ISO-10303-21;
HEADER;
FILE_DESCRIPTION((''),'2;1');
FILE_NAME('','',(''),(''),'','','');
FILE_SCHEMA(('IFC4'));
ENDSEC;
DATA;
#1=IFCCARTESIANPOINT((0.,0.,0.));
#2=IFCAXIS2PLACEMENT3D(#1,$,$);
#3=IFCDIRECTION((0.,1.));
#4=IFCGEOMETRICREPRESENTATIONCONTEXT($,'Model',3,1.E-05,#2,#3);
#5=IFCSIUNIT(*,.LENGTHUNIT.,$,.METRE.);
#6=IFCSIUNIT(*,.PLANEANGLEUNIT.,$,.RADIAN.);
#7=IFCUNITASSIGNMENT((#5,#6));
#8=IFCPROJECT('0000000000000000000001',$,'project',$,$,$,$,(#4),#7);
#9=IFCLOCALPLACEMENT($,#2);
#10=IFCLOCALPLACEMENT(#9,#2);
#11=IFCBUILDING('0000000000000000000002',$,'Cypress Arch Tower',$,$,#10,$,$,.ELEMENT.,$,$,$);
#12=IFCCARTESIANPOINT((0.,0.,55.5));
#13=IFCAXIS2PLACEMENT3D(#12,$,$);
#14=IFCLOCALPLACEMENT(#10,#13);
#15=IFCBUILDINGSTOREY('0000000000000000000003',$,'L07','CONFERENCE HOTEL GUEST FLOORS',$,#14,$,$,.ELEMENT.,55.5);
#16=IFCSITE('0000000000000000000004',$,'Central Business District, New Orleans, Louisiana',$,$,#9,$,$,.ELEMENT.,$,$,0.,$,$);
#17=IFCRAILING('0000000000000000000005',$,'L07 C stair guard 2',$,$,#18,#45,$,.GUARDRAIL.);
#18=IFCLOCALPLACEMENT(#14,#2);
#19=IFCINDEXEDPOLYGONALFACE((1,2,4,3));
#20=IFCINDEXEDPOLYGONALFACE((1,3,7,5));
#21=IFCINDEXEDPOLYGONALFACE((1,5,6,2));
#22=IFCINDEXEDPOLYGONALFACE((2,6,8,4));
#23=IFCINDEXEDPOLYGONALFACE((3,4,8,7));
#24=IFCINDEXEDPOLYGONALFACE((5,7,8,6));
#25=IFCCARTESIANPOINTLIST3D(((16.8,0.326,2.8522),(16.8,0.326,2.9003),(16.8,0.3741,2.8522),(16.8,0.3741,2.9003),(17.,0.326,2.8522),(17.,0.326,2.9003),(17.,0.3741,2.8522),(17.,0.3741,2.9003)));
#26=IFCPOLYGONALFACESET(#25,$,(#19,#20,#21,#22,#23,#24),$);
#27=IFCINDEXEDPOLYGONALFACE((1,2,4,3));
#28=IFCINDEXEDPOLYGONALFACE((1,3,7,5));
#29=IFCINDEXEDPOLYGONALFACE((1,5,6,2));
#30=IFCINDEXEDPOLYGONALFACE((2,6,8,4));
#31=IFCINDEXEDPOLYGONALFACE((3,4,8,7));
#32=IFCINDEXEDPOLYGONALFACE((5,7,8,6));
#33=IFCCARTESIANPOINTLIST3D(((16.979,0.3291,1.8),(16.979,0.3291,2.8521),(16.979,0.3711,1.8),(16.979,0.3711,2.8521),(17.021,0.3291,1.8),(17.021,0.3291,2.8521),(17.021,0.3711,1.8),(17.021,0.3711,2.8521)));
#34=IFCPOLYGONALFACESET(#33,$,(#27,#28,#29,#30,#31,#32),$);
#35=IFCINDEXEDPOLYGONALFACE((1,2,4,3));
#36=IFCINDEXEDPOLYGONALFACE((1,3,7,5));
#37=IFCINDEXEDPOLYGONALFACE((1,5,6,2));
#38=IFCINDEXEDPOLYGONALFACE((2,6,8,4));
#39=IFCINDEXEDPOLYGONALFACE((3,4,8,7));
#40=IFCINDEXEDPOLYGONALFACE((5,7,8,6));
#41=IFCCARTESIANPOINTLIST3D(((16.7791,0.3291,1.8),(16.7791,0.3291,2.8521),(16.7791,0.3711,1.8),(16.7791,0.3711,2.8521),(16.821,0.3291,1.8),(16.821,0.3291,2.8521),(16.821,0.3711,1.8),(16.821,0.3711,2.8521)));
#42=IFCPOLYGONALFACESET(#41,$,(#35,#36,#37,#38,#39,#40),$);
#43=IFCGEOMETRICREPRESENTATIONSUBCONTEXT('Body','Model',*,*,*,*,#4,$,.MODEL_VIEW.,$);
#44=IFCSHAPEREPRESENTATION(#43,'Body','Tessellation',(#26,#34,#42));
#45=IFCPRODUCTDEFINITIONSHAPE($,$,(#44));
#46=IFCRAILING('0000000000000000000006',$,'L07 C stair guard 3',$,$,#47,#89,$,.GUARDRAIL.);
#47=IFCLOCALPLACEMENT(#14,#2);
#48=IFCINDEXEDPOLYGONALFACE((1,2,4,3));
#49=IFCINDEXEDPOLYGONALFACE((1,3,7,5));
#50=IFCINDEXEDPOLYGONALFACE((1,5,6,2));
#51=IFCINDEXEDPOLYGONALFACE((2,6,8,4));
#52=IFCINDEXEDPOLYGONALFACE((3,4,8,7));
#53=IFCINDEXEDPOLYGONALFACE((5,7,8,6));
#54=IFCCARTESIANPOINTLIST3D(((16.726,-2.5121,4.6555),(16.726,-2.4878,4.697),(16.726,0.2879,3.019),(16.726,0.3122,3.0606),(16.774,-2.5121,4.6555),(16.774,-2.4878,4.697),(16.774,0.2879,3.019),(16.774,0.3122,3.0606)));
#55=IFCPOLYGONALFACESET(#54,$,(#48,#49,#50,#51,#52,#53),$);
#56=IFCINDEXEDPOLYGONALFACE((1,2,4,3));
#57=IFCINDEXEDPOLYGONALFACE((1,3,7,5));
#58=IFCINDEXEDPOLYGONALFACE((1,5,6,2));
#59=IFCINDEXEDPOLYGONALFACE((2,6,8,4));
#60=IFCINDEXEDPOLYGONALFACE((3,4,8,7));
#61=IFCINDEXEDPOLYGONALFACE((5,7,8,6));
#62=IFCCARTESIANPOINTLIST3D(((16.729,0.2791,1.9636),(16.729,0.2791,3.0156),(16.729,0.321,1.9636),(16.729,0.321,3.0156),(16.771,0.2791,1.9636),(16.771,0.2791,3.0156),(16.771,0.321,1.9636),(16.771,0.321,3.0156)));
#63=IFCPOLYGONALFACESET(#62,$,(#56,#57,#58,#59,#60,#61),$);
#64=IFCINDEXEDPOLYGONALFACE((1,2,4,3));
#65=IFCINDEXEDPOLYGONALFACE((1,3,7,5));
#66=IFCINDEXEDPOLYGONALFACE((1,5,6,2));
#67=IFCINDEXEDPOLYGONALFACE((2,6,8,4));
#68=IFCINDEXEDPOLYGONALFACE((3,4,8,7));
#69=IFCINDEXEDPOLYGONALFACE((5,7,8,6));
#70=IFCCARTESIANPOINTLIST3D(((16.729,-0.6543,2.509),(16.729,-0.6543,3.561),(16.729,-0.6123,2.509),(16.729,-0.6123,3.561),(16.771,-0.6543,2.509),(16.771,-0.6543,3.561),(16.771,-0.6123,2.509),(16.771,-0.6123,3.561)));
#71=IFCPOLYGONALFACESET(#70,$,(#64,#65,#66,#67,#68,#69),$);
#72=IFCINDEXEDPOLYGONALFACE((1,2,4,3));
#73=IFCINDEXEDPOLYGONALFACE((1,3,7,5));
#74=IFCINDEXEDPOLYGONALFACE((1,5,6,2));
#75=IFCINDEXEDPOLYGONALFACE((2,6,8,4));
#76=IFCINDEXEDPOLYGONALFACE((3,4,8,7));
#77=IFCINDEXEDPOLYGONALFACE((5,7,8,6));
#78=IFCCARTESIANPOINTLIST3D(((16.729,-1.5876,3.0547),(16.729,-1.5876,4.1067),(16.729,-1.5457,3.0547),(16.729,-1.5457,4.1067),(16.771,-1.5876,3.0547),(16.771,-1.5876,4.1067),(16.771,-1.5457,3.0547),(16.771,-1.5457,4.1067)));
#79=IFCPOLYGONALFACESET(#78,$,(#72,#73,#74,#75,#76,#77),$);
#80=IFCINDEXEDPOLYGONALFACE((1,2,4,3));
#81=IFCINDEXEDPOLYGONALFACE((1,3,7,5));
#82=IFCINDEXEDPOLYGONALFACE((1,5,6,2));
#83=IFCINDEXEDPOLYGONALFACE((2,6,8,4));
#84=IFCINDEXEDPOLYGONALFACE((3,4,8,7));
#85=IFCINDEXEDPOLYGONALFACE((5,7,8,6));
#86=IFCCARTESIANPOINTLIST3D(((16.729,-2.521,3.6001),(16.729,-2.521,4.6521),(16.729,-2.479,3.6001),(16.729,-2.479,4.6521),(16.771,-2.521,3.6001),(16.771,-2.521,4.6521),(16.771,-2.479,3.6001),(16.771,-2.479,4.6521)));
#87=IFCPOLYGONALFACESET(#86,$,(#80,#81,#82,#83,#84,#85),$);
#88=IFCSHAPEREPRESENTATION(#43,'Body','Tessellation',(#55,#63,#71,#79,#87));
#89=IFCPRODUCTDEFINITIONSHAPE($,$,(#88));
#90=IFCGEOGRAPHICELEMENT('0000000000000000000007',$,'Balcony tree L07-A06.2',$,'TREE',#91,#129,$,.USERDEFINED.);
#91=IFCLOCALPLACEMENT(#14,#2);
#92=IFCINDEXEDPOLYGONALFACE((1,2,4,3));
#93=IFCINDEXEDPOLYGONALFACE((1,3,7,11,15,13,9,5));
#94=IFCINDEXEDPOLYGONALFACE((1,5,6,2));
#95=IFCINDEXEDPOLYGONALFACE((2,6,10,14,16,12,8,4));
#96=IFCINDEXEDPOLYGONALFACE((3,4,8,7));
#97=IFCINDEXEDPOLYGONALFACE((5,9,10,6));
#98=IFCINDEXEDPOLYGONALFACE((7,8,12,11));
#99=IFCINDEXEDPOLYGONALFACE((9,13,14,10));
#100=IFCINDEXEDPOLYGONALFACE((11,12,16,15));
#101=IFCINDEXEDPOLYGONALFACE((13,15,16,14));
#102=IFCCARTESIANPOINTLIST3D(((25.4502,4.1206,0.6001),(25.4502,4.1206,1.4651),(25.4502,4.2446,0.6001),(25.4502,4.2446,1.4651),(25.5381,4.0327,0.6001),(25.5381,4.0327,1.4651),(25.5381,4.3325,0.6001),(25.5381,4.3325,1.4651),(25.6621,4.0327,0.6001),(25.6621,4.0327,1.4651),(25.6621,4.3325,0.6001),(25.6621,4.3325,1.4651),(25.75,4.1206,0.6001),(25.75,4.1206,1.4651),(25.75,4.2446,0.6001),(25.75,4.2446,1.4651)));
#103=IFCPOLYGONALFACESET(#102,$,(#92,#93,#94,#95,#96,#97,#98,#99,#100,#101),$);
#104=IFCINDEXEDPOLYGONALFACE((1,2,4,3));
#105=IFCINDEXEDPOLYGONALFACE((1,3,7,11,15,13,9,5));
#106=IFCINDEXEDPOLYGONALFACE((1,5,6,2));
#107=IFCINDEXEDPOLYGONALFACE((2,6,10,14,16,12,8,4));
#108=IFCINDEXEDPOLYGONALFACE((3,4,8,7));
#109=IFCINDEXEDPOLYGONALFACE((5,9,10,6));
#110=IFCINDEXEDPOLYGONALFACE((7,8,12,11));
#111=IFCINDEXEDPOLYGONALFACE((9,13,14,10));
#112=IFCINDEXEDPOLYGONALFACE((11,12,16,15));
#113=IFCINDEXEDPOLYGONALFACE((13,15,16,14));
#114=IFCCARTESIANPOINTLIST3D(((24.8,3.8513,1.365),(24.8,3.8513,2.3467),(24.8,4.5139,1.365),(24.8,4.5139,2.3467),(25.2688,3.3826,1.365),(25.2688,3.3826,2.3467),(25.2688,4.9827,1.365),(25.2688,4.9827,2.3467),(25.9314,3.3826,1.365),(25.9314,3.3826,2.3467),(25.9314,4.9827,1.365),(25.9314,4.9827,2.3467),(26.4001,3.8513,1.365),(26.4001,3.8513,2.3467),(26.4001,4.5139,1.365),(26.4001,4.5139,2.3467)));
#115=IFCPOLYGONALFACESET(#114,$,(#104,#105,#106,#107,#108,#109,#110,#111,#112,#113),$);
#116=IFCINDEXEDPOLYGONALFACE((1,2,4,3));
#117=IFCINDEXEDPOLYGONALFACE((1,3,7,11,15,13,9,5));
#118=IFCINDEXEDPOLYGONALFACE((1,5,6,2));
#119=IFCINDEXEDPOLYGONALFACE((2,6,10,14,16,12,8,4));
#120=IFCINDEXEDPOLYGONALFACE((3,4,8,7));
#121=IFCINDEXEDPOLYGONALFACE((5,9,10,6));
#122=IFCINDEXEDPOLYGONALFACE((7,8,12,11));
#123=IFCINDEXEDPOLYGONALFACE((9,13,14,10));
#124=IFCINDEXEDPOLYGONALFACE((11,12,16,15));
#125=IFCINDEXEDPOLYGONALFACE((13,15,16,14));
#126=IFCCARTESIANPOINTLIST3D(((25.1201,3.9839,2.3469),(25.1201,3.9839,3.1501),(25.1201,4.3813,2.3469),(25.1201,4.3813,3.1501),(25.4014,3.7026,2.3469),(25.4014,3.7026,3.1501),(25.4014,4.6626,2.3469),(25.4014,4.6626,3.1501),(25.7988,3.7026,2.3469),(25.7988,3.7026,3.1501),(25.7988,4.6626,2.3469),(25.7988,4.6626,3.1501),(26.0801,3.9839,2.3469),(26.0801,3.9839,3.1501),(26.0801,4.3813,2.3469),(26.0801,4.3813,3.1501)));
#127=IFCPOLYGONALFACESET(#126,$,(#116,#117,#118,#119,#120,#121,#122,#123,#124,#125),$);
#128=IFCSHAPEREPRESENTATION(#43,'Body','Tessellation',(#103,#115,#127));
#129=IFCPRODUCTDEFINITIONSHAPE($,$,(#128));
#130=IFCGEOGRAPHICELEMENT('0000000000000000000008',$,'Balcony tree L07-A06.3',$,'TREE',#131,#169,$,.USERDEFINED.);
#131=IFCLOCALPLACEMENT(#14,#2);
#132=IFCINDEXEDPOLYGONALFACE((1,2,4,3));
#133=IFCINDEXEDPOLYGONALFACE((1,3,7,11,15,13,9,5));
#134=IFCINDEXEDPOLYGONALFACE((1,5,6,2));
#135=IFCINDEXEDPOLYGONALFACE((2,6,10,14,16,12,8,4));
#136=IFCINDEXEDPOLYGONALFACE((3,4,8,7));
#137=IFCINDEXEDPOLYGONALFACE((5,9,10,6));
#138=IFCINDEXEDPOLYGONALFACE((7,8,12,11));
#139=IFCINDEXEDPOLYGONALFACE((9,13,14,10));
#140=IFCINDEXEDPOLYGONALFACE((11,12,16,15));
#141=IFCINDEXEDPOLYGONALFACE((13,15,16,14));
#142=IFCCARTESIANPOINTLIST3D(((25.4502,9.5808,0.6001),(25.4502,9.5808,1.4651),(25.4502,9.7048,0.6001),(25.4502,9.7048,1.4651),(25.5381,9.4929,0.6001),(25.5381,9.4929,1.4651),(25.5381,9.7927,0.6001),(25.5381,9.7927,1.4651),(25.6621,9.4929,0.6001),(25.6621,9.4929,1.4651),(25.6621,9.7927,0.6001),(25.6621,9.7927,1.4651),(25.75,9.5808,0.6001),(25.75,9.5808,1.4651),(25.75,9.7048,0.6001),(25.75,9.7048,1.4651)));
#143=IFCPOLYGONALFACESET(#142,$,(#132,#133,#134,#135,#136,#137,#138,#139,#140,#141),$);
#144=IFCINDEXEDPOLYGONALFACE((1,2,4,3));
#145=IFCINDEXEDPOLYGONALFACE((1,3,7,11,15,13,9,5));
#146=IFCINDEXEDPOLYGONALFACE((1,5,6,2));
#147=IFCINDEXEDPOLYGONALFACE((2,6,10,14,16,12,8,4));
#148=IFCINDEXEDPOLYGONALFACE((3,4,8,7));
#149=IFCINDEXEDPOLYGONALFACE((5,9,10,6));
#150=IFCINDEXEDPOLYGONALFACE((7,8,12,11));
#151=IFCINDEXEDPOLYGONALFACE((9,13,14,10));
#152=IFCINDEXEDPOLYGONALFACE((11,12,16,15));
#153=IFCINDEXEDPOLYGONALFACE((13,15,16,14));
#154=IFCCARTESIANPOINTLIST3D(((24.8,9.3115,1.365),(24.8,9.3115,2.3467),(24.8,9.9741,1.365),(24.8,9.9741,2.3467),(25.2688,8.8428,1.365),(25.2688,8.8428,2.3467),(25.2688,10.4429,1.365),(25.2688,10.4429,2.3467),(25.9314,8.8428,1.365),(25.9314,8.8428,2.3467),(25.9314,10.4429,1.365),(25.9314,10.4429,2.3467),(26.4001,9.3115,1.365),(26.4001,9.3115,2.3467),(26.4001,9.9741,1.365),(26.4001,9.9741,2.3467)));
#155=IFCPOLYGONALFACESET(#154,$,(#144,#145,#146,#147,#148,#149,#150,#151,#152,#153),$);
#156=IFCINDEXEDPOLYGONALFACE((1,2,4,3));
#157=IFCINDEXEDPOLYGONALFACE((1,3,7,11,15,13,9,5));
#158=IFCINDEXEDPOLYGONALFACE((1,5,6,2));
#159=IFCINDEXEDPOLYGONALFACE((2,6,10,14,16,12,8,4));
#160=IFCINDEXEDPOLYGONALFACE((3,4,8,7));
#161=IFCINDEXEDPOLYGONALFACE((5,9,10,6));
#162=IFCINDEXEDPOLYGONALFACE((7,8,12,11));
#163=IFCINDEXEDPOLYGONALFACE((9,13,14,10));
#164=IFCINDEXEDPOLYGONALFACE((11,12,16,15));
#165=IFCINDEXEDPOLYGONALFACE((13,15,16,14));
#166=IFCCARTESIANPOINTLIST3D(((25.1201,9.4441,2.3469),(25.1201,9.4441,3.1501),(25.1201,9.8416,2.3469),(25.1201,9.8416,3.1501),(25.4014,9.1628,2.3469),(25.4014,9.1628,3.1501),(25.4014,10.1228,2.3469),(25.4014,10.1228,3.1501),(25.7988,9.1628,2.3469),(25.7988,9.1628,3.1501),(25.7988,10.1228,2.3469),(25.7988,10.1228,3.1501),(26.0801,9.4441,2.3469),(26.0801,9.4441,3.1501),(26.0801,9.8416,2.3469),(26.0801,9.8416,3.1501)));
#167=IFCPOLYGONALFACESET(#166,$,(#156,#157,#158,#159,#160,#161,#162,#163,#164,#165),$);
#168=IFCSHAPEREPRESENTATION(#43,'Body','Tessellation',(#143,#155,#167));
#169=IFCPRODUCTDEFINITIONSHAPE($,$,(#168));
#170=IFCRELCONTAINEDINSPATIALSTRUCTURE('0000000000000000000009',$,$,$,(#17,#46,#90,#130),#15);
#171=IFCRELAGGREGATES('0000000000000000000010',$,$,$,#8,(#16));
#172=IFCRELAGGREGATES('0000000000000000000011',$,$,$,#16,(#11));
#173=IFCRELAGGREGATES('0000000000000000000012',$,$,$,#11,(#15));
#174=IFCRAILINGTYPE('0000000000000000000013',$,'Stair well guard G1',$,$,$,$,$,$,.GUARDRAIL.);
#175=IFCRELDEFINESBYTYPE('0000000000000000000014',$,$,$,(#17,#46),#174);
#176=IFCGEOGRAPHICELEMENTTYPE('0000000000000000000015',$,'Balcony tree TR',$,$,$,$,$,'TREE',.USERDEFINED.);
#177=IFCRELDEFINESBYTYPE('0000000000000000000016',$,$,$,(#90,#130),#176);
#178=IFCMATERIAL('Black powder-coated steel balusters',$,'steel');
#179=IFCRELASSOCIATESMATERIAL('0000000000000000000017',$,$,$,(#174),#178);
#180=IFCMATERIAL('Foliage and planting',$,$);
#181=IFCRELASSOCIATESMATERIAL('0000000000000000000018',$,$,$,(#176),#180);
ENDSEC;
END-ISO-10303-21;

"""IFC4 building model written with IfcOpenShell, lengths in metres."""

from ifc_helpers import new_model, si_unit, direction, frame, origin, origin_2d, place, context, subcontext, project, spatial, polyline, rectangle, outline, extrude, material, type_object, element, save


model = new_model("IFC4")

# Units and contexts
model_context = context("Model", 3, precision=1e-05, world=origin(), true_north=direction((0.0, 1.0)))
body_context = subcontext(model_context, "Body", "Model", "MODEL_VIEW")
ifc_project = project(units=[si_unit("LENGTHUNIT", "METRE"), si_unit("PLANEANGLEUNIT", "RADIAN")], contexts=[model_context])

# Site, building, storey
site_placement = place(None, origin())
site = spatial("IfcSite", under=ifc_project, at=site_placement, Name="Central Business District, New Orleans, Louisiana", CompositionType="ELEMENT", RefElevation=0.0)
building_placement = place(site_placement, origin())
building = spatial("IfcBuilding", under=site, at=building_placement, Name="Cypress Arch Tower", CompositionType="ELEMENT")
storey_placement = place(building_placement, frame((0.0, 0.0, 55.5)))
storey = spatial("IfcBuildingStorey", under=building, at=storey_placement, Name="L07", Description="CONFERENCE HOTEL GUEST FLOORS", CompositionType="ELEMENT", Elevation=55.5)

# Railings
ifc_material_1 = material(Name="Black powder-coated steel balusters", Category="steel")
railing_type_1 = type_object("IfcRailingType", Name="Stair well guard G1", PredefinedType="GUARDRAIL", material=ifc_material_1)
railing_1_placement = place(storey_placement, frame((17.0, 0.3501, 1.8)))
element("IfcRailing", 1, at=railing_1_placement, inside=storey, type_object=railing_type_1, Name="L07 C stair guard 2", PredefinedType="GUARDRAIL", context=body_context, shape_type="SweptSolid", body=[
    extrude(rectangle(XDim=0.0481, YDim=0.0481, at=origin_2d()), frame((0.0, 0.0, 1.0762), z_axis=(-1.0, 0.0, 0.0), x_axis=(0.0, -1.0, 0.0)), (0.0, 0.0, 1.0), 0.2),
    extrude(rectangle(XDim=0.042, YDim=0.042, at=origin_2d()), origin(), (0.0, 0.0, 1.0), 1.052),
    extrude(rectangle(XDim=0.042, YDim=0.042, at=origin_2d()), frame((-0.2, 0.0, 0.0)), (0.0, 0.0, 1.0), 1.052),
])
railing_2_placement = place(storey_placement, frame((16.75, 0.3, 1.9636)))
element("IfcRailing", 2, at=railing_2_placement, inside=storey, type_object=railing_type_1, Name="L07 C stair guard 3", PredefinedType="GUARDRAIL", context=body_context, shape_type="SweptSolid", body=[
    extrude(rectangle(XDim=0.0481, YDim=0.0481, at=origin_2d()), frame((0.0, 0.0, 1.0762), z_axis=(0.0, -0.863361, 0.504587), x_axis=(1.0, 0.0, 0.0)), (0.0, 0.0, 1.0), 3.2432),
    extrude(rectangle(XDim=0.042, YDim=0.042, at=origin_2d()), origin(), (0.0, 0.0, 1.0), 1.052),
    extrude(rectangle(XDim=0.042, YDim=0.042, at=origin_2d()), frame((0.0, -0.9333, 0.5454)), (0.0, 0.0, 1.0), 1.052),
    extrude(rectangle(XDim=0.042, YDim=0.042, at=origin_2d()), frame((0.0, -1.8667, 1.0911)), (0.0, 0.0, 1.0), 1.052),
    extrude(rectangle(XDim=0.042, YDim=0.042, at=origin_2d()), frame((0.0, -2.8, 1.6365)), (0.0, 0.0, 1.0), 1.052),
])

# Geographic elements
ifc_material_2 = material(Name="Foliage and planting")
geographic_element_type = type_object("IfcGeographicElementType", Name="Balcony tree TR", ElementType="TREE", PredefinedType="USERDEFINED", material=ifc_material_2)
for number, where, z_axis, x_axis, name in (
    (3, (25.6001, 4.1826, 0.6001), (0.0, 0.0, 1.0), (1.0, 0.0, 0.0), "Balcony tree L07-A06.2"),
    (4, (25.6001, 9.6428, 0.6001), (0.0, 0.0, 1.0), (1.0, 0.0, 0.0), "Balcony tree L07-A06.3"),
):
    element("IfcGeographicElement", number, at=place(storey_placement, frame(where, z_axis=z_axis, x_axis=x_axis)), inside=storey, type_object=geographic_element_type, Name=name, ObjectType="TREE", PredefinedType="USERDEFINED", context=body_context, shape_type="SweptSolid", body=[
        extrude(outline(polyline([(0.1499, 0.062), (0.062, 0.1499), (-0.062, 0.1499), (-0.1499, 0.062), (-0.1499, -0.062), (-0.062, -0.1499), (0.062, -0.1499), (0.1499, -0.062), (0.1499, 0.062)])), origin(), (0.0, 0.0, 1.0), 0.865),
        extrude(outline(polyline([(0.8, 0.3313), (0.3313, 0.8), (-0.3313, 0.8), (-0.8, 0.3313), (-0.8, -0.3313), (-0.3313, -0.8), (0.3313, -0.8), (0.8, -0.3313), (0.8, 0.3313)])), frame((0.0, 0.0, 0.7649)), (0.0, 0.0, 1.0), 0.9817),
        extrude(outline(polyline([(0.48, 0.1987), (0.1987, 0.48), (-0.1987, 0.48), (-0.48, 0.1987), (-0.48, -0.1987), (-0.1987, -0.48), (0.1987, -0.48), (0.48, -0.1987), (0.48, 0.1987)])), frame((0.0, 0.0, 1.7468)), (0.0, 0.0, 1.0), 0.8032),
    ])

save(model, "model.ifc")
